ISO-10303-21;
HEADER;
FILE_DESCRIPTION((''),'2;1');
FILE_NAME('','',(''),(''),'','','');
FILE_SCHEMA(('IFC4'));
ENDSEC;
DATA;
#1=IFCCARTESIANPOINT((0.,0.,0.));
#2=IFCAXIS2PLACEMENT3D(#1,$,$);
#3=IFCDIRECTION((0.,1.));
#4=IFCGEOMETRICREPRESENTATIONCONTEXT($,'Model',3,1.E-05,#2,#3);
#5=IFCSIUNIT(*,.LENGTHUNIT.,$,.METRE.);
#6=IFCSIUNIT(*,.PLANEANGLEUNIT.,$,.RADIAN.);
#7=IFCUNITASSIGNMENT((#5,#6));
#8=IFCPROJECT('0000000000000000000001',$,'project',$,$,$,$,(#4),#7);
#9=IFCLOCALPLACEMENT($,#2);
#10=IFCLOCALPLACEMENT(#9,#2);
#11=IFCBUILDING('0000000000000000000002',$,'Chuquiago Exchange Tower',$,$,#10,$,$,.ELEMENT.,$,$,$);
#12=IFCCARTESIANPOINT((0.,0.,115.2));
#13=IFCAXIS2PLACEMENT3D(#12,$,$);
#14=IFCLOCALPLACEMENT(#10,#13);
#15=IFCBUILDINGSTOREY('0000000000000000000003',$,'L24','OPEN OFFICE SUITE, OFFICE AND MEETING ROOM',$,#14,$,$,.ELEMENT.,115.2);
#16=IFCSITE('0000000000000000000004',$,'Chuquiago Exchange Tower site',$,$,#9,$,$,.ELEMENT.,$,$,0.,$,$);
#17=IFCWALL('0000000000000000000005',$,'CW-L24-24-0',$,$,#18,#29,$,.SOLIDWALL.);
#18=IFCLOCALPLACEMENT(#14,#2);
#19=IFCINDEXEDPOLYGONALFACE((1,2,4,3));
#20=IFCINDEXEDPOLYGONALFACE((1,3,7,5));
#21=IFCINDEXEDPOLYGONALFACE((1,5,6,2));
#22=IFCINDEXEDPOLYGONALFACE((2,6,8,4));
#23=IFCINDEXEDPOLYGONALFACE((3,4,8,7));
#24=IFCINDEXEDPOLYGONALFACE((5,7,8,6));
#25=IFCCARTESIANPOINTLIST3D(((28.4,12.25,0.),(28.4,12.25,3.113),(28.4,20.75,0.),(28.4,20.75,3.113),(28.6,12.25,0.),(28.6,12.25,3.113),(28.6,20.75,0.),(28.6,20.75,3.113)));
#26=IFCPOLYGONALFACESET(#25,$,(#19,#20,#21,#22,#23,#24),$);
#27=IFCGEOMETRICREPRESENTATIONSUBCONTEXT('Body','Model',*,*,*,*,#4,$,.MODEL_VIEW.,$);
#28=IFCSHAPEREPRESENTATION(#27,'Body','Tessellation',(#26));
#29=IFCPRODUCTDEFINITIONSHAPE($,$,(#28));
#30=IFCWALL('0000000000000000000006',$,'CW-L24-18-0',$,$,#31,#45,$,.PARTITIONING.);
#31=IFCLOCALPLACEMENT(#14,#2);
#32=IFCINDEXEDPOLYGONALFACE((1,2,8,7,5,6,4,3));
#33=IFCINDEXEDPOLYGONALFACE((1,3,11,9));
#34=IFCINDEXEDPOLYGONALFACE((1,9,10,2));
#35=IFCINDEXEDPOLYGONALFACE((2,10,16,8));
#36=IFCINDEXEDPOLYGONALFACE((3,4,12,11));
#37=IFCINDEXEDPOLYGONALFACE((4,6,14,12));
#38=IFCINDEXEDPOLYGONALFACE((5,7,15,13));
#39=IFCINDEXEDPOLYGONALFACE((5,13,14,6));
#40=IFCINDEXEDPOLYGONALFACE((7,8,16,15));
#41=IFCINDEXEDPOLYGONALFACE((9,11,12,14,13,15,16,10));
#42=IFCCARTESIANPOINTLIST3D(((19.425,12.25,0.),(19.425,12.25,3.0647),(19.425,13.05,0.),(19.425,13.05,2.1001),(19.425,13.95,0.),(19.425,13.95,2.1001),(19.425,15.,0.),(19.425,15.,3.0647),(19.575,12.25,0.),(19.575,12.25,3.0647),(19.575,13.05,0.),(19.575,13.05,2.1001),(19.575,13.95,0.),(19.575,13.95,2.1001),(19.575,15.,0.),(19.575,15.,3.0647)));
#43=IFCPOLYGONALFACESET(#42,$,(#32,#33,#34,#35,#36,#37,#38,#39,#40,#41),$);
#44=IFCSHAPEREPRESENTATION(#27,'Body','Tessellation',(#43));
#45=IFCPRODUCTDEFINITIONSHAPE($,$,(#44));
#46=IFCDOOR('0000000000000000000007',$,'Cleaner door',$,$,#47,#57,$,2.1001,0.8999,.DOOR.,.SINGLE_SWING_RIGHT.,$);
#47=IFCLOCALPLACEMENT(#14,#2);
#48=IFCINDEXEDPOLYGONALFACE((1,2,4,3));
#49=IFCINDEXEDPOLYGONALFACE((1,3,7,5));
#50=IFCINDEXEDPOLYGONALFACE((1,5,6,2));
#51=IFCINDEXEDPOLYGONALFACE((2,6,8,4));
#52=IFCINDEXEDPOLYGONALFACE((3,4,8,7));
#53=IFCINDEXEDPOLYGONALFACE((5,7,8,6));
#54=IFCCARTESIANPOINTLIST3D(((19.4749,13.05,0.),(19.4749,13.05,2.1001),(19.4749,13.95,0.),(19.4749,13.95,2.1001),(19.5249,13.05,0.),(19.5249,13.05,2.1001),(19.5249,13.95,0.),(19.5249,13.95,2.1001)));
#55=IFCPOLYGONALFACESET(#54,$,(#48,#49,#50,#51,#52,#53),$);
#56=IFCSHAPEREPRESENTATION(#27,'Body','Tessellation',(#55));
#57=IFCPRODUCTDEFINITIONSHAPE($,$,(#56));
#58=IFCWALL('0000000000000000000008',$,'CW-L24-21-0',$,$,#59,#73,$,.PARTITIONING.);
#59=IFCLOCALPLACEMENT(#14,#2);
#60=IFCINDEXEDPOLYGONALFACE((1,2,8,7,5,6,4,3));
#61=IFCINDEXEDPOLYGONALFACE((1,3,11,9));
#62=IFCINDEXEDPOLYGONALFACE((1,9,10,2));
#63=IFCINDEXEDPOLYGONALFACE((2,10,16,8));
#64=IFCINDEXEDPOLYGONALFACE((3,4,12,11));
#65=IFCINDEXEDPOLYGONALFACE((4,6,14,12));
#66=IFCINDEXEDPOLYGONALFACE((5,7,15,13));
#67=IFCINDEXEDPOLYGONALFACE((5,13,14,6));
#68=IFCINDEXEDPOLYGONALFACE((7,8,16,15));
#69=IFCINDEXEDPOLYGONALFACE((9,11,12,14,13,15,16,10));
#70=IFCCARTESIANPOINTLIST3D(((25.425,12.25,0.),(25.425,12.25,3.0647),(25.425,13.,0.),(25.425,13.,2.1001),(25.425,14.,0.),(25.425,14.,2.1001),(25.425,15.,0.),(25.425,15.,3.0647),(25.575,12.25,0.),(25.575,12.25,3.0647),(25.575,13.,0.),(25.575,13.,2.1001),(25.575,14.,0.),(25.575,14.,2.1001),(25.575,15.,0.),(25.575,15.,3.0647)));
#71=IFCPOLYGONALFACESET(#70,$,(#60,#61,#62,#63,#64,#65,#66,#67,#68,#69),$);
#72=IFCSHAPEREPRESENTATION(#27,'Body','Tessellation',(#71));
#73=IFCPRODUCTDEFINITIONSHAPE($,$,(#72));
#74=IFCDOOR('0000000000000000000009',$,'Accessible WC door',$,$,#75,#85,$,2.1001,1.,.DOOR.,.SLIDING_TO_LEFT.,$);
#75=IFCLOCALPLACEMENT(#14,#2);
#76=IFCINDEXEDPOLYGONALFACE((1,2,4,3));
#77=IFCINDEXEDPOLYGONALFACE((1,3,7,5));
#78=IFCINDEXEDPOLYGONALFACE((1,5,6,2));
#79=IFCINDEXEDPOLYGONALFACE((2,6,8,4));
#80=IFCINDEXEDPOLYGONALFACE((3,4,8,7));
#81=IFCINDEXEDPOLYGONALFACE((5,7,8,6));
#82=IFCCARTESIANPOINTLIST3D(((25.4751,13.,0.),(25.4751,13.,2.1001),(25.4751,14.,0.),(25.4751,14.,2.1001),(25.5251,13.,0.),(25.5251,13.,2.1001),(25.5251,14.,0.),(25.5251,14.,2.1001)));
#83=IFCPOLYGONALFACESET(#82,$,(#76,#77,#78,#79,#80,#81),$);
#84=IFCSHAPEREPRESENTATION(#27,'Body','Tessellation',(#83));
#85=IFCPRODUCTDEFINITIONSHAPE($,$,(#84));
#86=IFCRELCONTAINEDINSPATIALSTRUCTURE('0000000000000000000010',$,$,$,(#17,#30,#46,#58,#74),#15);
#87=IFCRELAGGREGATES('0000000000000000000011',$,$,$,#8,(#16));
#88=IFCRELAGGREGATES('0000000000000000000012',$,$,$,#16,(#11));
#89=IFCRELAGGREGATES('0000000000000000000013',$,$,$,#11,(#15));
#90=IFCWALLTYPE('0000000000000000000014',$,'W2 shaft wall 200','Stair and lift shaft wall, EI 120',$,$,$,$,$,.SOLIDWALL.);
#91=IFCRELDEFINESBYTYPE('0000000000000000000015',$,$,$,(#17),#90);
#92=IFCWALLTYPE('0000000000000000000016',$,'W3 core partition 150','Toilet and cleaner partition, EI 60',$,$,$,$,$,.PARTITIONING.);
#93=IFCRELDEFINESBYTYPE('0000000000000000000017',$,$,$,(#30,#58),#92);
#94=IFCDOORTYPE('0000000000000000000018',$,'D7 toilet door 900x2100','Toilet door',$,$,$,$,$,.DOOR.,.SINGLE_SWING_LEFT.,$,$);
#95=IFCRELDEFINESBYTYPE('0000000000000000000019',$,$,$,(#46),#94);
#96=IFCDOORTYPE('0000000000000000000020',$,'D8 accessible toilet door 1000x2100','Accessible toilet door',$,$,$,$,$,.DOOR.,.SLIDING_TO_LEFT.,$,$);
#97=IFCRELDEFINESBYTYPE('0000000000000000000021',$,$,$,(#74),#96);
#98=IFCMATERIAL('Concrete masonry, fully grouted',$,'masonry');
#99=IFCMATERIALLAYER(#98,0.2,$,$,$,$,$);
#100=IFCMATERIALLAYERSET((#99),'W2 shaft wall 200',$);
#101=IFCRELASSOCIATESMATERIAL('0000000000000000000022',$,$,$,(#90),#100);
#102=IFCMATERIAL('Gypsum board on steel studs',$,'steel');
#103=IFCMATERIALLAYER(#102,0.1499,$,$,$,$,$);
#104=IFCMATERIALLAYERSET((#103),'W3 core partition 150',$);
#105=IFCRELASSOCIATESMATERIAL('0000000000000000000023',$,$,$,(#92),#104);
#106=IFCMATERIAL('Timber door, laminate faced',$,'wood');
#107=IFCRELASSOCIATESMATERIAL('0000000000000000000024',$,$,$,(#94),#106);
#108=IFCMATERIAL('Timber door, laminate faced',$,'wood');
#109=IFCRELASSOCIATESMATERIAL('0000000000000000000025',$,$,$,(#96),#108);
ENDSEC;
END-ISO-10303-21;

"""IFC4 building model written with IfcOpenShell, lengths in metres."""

from ifc_helpers import new_model, si_unit, direction, frame, frame_2d, origin, place, context, subcontext, project, spatial, rectangle, extrude, material, layer, layer_set, type_object, element, fill, save


model = new_model("IFC4")

# Units and contexts
model_context = context("Model", 3, precision=1e-05, world=origin(), true_north=direction((0.0, 1.0)))
body_context = subcontext(model_context, "Body", "Model", "MODEL_VIEW")
ifc_project = project(units=[si_unit("LENGTHUNIT", "METRE"), si_unit("PLANEANGLEUNIT", "RADIAN")], contexts=[model_context])

# Site, building, storey
site_placement = place(None, origin())
site = spatial("IfcSite", under=ifc_project, at=site_placement, Name="Chuquiago Exchange Tower site", CompositionType="ELEMENT", RefElevation=0.0)
building_placement = place(site_placement, origin())
building = spatial("IfcBuilding", under=site, at=building_placement, Name="Chuquiago Exchange Tower", CompositionType="ELEMENT")
storey_placement = place(building_placement, frame((0.0, 0.0, 115.2)))
storey = spatial("IfcBuildingStorey", under=building, at=storey_placement, Name="L24", Description="OPEN OFFICE SUITE, OFFICE AND MEETING ROOM", CompositionType="ELEMENT", Elevation=115.2)

# Shared definitions
ifc_material_1 = material(Name="Concrete masonry, fully grouted", Category="masonry")
ifc_layer_1 = layer(ifc_material_1, 0.2)
ifc_layer_set_1 = layer_set([ifc_layer_1], Name="W2 shaft wall 200")
wall_type_1 = type_object("IfcWallType", Name="W2 shaft wall 200", Description="Stair and lift shaft wall, EI 120", PredefinedType="SOLIDWALL", material=ifc_layer_set_1)

# Wall
wall_1_placement = place(storey_placement, frame((28.5, 12.25, 0.0), z_axis=(0.0, 0.0, 1.0), x_axis=(0.0, 1.0, 0.0)))
element("IfcWall", 1, at=wall_1_placement, inside=storey, type_object=wall_type_1, Name="CW-L24-24-0", PredefinedType="SOLIDWALL", context=body_context, shape_type="SweptSolid", body=[
    extrude(rectangle(XDim=8.5, YDim=0.2, at=frame_2d((4.25, 0.0))), origin(), (0.0, 0.0, 1.0), 3.113),
])

# Walls, openings, doors
ifc_material_2 = material(Name="Gypsum board on steel studs", Category="steel")
ifc_layer_2 = layer(ifc_material_2, 0.1499)
ifc_layer_set_2 = layer_set([ifc_layer_2], Name="W3 core partition 150")
wall_type_2 = type_object("IfcWallType", Name="W3 core partition 150", Description="Toilet and cleaner partition, EI 60", PredefinedType="PARTITIONING", material=ifc_layer_set_2)
wall_2_placement = place(storey_placement, frame((19.5, 12.25, 0.0), z_axis=(0.0, 0.0, 1.0), x_axis=(0.0, 1.0, 0.0)))
wall_2 = element("IfcWall", 2, at=wall_2_placement, inside=storey, type_object=wall_type_2, Name="CW-L24-18-0", PredefinedType="PARTITIONING", context=body_context, shape_type="SweptSolid", body=[
    extrude(rectangle(XDim=2.75, YDim=0.1499, at=frame_2d((1.375, 0.0))), origin(), (0.0, 0.0, 1.0), 3.0647),
])
opening_1_placement = place(wall_2_placement, frame((0.8, 0.0, 0.0)))
opening_1 = element("IfcOpeningElement", 3, at=opening_1_placement, cuts=wall_2, PredefinedType="OPENING", context=body_context, shape_type="SweptSolid", body=[
    extrude(rectangle(XDim=0.8999, YDim=2.1001, at=frame_2d((0.45, 1.05))), frame((0.0, 0.085, 0.0), z_axis=(0.0, -1.0, 0.0), x_axis=(1.0, 0.0, 0.0)), (0.0, 0.0, 1.0), 0.1699),
])
ifc_material_3 = material(Name="Timber door, laminate faced", Category="wood")
door_type_1 = type_object("IfcDoorType", Name="D7 toilet door 900x2100", Description="Toilet door", OperationType="SINGLE_SWING_LEFT", PredefinedType="DOOR", material=ifc_material_3)
door_1_placement = place(opening_1_placement, frame((0.8999, 0.0, 0.0), z_axis=(0.0, 0.0, 1.0), x_axis=(-1.0, 0.0, 0.0)))
door_1 = element("IfcDoor", 4, at=door_1_placement, inside=storey, type_object=door_type_1, Name="Cleaner door", OperationType="SINGLE_SWING_RIGHT", OverallHeight=2.1001, OverallWidth=0.8999, PredefinedType="DOOR", context=body_context, shape_type="SweptSolid", body=[
    extrude(rectangle(XDim=0.8999, YDim=2.1001, at=frame_2d((0.45, 1.05))), frame((0.0, 0.0249, 0.0), z_axis=(0.0, -1.0, 0.0), x_axis=(1.0, 0.0, 0.0)), (0.0, 0.0, 1.0), 0.05),
])
fill(opening_1, door_1)
wall_3_placement = place(storey_placement, frame((25.5, 12.25, 0.0), z_axis=(0.0, 0.0, 1.0), x_axis=(0.0, 1.0, 0.0)))
wall_3 = element("IfcWall", 5, at=wall_3_placement, inside=storey, type_object=wall_type_2, Name="CW-L24-21-0", PredefinedType="PARTITIONING", context=body_context, shape_type="SweptSolid", body=[
    extrude(rectangle(XDim=2.75, YDim=0.1499, at=frame_2d((1.375, 0.0))), origin(), (0.0, 0.0, 1.0), 3.0647),
])
opening_2_placement = place(wall_3_placement, frame((0.75, 0.0, 0.0)))
opening_2 = element("IfcOpeningElement", 6, at=opening_2_placement, cuts=wall_3, PredefinedType="OPENING", context=body_context, shape_type="SweptSolid", body=[
    extrude(rectangle(XDim=1.0, YDim=2.1001, at=frame_2d((0.5, 1.05))), frame((0.0, 0.085, 0.0), z_axis=(0.0, -1.0, 0.0), x_axis=(1.0, 0.0, 0.0)), (0.0, 0.0, 1.0), 0.1699),
])
ifc_material_4 = material(Name="Timber door, laminate faced", Category="wood")
door_type_2 = type_object("IfcDoorType", Name="D8 accessible toilet door 1000x2100", Description="Accessible toilet door", OperationType="SLIDING_TO_LEFT", PredefinedType="DOOR", material=ifc_material_4)
door_2_placement = place(opening_2_placement, origin())
door_2 = element("IfcDoor", 7, at=door_2_placement, inside=storey, type_object=door_type_2, Name="Accessible WC door", OperationType="SLIDING_TO_LEFT", OverallHeight=2.1001, OverallWidth=1.0, PredefinedType="DOOR", context=body_context, shape_type="SweptSolid", body=[
    extrude(rectangle(XDim=1.0, YDim=2.1001, at=frame_2d((0.5, 1.05))), frame((0.0, 0.0249, 0.0), z_axis=(0.0, -1.0, 0.0), x_axis=(1.0, 0.0, 0.0)), (0.0, 0.0, 1.0), 0.05),
])
fill(opening_2, door_2)

save(model, "model.ifc")
